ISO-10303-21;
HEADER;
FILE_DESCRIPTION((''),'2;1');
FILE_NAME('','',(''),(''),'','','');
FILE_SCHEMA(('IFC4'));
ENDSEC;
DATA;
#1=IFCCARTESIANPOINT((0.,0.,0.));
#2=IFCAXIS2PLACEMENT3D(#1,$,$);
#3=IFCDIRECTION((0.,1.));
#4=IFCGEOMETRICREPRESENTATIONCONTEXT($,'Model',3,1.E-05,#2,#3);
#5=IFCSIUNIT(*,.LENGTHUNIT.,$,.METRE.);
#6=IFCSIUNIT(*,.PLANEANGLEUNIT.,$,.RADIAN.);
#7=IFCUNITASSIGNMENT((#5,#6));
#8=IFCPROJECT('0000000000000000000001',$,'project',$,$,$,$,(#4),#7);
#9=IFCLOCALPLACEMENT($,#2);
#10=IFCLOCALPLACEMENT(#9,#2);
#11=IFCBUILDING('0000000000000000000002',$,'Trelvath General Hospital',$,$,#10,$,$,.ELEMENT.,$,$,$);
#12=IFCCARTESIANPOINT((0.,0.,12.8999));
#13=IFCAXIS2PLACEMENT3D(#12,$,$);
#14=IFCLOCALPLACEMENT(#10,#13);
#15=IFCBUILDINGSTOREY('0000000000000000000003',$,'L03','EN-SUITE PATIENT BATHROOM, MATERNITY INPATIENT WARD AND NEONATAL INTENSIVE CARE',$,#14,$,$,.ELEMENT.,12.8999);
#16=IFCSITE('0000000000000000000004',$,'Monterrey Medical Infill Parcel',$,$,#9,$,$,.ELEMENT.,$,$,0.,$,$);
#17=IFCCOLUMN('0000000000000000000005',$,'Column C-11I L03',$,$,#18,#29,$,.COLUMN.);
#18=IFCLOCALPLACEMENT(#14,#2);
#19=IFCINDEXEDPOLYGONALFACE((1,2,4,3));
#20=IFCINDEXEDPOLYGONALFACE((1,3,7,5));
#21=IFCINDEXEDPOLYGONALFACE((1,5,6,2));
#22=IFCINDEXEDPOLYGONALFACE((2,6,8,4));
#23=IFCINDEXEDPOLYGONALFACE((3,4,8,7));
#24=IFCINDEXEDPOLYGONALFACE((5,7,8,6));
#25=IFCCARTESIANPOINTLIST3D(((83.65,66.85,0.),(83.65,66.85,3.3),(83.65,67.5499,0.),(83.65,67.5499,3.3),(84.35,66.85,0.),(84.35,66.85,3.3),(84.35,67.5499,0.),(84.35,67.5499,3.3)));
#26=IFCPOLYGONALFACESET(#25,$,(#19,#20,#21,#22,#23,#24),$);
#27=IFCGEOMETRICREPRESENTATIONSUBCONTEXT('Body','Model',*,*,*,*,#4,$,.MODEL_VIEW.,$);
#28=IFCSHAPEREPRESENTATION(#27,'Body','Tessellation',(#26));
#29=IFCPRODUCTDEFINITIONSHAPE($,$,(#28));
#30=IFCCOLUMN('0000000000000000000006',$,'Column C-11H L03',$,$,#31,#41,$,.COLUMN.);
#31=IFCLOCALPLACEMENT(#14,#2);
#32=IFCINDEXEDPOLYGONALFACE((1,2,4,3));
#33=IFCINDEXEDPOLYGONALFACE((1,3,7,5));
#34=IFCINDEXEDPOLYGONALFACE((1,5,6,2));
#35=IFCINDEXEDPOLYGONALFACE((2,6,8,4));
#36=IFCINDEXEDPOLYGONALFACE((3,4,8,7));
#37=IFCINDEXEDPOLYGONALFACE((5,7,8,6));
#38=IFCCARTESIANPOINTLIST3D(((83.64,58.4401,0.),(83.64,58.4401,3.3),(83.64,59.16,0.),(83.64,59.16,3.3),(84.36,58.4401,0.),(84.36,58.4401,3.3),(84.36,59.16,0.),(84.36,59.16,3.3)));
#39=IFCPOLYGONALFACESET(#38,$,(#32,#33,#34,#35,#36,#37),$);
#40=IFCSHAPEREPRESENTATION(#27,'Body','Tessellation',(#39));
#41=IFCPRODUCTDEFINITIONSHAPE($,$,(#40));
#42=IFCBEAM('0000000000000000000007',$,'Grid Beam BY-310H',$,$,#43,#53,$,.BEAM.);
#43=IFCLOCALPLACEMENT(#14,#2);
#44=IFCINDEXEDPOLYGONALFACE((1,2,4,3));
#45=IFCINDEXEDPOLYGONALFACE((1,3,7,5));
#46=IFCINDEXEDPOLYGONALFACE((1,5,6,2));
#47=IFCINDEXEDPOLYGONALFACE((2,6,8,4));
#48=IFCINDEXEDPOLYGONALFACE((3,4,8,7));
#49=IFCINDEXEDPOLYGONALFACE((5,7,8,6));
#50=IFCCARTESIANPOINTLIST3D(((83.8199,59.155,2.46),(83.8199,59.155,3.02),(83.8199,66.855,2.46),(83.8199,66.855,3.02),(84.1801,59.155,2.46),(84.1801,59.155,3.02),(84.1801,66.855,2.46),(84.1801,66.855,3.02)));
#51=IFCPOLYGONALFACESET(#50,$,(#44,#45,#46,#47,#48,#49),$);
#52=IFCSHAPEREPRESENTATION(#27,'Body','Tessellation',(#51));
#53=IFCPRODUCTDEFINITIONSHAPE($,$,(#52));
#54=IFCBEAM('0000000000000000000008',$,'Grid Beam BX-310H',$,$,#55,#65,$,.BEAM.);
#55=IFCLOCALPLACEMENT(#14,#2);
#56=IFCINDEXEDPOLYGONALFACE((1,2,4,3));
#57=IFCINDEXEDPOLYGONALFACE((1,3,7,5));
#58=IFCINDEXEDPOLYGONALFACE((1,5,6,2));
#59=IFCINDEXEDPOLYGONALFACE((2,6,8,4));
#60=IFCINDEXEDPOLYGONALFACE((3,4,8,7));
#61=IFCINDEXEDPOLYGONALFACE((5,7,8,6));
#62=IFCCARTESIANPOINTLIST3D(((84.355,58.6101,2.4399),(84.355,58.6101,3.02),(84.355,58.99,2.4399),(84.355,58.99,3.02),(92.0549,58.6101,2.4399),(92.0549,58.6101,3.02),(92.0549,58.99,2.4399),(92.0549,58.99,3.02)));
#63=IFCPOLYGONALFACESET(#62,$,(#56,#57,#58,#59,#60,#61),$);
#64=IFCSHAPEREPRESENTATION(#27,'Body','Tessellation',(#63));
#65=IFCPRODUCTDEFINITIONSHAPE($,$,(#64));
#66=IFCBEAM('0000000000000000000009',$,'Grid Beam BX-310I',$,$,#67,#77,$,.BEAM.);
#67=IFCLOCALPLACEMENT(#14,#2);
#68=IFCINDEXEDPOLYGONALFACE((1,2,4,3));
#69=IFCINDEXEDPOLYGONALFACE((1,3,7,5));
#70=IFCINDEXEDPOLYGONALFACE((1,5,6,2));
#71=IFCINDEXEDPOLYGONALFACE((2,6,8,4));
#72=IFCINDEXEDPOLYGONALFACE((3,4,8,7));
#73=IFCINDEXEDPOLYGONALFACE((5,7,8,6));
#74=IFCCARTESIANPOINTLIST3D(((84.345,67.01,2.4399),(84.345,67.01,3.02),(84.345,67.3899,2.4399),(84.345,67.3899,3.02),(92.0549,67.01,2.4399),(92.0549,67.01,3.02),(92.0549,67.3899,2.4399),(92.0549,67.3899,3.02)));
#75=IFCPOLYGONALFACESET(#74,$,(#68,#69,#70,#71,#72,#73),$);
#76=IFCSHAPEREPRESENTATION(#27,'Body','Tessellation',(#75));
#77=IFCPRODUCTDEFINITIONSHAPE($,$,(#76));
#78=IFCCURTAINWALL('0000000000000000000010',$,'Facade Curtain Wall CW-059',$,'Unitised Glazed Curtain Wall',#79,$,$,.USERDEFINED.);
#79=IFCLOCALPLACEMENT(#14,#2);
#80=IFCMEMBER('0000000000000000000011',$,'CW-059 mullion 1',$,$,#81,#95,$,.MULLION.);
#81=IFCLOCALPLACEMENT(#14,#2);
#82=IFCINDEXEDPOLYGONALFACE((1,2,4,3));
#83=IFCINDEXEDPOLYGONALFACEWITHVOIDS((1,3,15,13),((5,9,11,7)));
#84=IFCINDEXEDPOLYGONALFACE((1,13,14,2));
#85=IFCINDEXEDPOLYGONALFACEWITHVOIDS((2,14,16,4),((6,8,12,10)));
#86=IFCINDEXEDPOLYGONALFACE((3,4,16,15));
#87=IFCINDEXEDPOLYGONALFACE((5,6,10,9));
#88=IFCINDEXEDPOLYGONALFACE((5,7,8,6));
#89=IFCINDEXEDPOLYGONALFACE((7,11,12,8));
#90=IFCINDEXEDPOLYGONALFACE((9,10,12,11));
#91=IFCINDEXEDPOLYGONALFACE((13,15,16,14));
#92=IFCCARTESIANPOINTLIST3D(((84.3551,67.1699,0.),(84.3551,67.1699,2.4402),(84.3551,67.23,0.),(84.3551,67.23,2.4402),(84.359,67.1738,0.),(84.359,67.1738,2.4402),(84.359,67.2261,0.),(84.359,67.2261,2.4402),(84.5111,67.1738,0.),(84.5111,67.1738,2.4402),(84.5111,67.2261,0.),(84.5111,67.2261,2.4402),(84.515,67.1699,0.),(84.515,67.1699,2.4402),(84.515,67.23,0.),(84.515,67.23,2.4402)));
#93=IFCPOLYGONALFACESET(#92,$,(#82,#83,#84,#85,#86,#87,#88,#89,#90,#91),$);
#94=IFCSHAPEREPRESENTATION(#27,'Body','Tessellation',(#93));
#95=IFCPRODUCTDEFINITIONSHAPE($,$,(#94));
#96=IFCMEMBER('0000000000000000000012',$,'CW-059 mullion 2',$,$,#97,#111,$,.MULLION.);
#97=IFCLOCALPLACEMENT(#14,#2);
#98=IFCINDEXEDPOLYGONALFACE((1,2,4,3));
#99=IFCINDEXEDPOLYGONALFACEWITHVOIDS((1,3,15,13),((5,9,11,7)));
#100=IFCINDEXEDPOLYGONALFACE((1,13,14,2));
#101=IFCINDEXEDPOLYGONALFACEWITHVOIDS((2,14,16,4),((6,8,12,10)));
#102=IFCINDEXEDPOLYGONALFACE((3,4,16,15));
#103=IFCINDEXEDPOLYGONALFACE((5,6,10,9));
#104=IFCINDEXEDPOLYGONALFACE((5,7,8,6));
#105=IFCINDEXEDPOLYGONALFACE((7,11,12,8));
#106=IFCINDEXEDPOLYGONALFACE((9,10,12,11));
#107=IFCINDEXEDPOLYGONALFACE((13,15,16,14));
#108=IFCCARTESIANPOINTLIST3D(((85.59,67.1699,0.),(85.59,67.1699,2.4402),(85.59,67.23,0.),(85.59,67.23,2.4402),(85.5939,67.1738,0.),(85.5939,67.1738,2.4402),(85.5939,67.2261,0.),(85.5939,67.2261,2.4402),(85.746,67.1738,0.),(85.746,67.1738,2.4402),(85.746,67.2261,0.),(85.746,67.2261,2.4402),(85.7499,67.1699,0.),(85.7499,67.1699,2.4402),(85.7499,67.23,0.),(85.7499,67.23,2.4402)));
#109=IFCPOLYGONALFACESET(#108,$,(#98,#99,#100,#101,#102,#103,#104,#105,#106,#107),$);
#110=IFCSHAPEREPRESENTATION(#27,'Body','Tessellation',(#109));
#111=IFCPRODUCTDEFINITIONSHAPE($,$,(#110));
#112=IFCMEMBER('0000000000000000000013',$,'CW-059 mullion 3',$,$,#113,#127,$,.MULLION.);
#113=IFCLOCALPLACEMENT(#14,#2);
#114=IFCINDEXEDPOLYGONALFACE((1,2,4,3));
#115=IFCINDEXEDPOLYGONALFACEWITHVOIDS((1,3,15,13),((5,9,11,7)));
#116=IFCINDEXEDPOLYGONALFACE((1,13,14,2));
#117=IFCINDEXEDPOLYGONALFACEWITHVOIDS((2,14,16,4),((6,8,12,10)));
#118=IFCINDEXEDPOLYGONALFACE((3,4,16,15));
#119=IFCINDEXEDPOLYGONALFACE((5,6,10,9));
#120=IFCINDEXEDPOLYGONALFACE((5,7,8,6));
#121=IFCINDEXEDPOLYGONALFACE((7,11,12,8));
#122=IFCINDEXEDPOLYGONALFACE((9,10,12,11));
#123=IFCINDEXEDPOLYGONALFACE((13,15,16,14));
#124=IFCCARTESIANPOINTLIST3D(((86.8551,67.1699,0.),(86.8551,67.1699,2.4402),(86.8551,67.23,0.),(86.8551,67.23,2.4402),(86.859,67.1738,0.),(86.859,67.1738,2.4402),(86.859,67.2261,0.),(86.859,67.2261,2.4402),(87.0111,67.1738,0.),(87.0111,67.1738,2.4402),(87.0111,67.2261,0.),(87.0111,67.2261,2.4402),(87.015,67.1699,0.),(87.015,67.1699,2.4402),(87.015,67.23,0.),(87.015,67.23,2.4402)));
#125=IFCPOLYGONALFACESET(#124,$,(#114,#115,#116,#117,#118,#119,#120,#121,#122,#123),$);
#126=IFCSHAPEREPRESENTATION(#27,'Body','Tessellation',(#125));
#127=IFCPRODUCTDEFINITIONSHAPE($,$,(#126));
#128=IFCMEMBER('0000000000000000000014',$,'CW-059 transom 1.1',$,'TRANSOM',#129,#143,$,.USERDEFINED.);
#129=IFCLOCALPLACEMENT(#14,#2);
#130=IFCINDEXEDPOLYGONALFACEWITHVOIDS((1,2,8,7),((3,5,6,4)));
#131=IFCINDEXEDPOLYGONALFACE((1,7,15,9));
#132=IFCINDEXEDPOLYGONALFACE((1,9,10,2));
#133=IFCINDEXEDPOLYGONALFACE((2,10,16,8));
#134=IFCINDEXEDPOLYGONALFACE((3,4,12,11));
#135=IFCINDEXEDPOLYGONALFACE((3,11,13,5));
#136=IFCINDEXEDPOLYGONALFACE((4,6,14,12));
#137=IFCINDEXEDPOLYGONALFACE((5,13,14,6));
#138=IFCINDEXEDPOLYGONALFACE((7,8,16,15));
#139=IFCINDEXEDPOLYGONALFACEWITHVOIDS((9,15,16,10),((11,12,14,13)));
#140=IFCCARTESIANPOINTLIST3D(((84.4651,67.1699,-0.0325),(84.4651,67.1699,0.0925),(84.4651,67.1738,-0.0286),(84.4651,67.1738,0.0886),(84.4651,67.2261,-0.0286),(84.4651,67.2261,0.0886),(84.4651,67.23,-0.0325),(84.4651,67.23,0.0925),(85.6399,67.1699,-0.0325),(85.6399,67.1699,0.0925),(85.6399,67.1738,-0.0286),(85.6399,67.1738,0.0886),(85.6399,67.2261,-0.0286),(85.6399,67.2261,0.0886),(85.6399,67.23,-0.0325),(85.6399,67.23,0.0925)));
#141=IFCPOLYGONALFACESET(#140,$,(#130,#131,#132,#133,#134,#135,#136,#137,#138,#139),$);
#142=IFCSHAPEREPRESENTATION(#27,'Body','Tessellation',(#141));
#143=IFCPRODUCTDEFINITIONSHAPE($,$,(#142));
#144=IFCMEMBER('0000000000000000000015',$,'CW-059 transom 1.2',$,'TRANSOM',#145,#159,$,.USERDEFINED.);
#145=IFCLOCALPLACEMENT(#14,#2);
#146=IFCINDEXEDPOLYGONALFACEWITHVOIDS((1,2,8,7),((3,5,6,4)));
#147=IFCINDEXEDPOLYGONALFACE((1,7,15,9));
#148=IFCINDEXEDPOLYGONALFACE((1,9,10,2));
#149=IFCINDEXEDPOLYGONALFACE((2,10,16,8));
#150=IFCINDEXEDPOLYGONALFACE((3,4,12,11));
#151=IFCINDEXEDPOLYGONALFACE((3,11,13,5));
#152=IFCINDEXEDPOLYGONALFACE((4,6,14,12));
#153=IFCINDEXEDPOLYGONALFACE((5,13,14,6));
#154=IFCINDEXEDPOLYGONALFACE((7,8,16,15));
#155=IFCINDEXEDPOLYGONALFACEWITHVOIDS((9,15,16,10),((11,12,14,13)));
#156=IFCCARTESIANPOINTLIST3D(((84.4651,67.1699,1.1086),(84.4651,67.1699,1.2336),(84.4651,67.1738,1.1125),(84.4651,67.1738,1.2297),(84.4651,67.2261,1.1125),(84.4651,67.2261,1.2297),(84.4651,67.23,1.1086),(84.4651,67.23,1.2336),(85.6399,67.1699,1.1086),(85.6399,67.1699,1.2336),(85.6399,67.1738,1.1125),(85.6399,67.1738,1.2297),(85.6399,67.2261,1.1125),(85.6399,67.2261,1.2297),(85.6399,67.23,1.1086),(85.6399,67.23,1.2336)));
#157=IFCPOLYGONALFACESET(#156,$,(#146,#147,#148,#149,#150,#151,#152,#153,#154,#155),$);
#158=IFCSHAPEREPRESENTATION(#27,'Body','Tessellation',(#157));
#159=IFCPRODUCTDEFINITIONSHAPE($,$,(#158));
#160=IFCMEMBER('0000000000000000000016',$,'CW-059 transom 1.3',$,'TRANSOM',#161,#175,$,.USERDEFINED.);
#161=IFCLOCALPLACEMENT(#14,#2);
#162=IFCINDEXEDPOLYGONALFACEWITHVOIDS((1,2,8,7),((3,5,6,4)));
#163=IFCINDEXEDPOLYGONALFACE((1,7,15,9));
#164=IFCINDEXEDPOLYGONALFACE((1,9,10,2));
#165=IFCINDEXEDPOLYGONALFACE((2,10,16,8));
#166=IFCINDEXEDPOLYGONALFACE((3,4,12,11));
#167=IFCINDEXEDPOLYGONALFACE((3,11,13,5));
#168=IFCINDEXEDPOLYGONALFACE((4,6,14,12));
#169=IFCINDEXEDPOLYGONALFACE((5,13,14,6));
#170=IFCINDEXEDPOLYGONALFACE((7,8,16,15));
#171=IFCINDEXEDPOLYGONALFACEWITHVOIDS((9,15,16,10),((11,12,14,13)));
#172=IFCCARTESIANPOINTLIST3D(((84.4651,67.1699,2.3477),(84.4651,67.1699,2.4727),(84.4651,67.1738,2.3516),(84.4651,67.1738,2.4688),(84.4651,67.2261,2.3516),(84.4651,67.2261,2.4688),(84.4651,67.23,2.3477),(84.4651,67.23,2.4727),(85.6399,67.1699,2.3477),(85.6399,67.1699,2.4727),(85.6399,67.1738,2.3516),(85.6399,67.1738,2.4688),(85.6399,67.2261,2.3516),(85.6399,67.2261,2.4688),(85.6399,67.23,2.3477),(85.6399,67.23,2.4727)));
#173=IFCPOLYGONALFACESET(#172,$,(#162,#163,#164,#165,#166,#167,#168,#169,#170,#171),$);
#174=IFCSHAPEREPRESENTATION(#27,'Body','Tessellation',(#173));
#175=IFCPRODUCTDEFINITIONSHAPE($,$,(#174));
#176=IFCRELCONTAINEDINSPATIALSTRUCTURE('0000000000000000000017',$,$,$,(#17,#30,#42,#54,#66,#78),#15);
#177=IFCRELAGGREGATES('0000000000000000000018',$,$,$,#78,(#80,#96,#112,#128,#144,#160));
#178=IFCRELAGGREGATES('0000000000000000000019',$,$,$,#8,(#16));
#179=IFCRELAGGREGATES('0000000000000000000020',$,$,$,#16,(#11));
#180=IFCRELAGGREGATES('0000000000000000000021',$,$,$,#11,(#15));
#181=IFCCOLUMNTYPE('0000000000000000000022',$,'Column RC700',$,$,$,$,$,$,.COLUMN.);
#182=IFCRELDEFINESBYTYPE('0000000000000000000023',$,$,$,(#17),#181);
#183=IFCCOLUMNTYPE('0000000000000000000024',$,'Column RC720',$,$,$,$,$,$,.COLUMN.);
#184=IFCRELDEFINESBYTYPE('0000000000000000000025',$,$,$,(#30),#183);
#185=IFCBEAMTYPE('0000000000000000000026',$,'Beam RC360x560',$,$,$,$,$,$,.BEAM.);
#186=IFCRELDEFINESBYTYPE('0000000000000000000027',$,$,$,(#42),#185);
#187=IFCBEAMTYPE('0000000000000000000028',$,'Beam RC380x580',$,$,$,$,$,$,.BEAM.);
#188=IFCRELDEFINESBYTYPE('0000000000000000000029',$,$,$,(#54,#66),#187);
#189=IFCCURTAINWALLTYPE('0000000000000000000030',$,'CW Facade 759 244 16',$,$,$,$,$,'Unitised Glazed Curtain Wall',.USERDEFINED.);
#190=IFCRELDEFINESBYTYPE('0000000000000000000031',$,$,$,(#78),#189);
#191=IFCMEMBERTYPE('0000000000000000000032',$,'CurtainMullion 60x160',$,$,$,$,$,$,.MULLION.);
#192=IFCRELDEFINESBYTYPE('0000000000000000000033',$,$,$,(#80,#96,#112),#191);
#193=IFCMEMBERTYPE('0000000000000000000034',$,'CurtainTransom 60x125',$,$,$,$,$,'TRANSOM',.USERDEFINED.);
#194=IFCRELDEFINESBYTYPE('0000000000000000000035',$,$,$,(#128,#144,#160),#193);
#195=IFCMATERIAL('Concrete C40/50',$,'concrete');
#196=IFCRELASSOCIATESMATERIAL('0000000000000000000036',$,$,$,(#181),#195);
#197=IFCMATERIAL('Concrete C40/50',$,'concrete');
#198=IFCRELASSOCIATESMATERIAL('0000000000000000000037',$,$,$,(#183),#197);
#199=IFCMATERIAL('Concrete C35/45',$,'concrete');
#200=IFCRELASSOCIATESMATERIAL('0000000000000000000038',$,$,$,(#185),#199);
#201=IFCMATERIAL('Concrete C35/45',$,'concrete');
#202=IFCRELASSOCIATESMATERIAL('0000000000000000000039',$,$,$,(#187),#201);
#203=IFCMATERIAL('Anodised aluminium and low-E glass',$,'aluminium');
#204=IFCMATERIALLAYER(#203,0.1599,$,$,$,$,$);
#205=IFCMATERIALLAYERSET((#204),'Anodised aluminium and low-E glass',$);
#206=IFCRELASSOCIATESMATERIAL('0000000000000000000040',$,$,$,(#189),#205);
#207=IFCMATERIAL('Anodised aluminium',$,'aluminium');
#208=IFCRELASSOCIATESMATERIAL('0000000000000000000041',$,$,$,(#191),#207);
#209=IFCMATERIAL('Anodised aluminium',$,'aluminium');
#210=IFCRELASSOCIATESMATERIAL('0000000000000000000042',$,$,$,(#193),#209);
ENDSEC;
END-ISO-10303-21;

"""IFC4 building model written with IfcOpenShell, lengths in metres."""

from ifc_helpers import new_model, si_unit, direction, frame, origin, origin_2d, place, context, subcontext, project, spatial, rectangle, hollow_rectangle, extrude, material, layer, layer_set, material_profile, profile_set, type_object, element, aggregate, save


model = new_model("IFC4")

# Units and contexts
model_context = context("Model", 3, precision=1e-05, world=origin(), true_north=direction((0.0, 1.0)))
body_context = subcontext(model_context, "Body", "Model", "MODEL_VIEW")
ifc_project = project(units=[si_unit("LENGTHUNIT", "METRE"), si_unit("PLANEANGLEUNIT", "RADIAN")], contexts=[model_context])

# Site, building, storey
site_placement = place(None, origin())
site = spatial("IfcSite", under=ifc_project, at=site_placement, Name="Monterrey Medical Infill Parcel", CompositionType="ELEMENT", RefElevation=0.0)
building_placement = place(site_placement, origin())
building = spatial("IfcBuilding", under=site, at=building_placement, Name="Trelvath General Hospital", CompositionType="ELEMENT")
storey_placement = place(building_placement, frame((0.0, 0.0, 12.8999)))
storey = spatial("IfcBuildingStorey", under=building, at=storey_placement, Name="L03", Description="EN-SUITE PATIENT BATHROOM, MATERNITY INPATIENT WARD AND NEONATAL INTENSIVE CARE", CompositionType="ELEMENT", Elevation=12.8999)

# Columns
ifc_material_1 = material(Name="Concrete C40/50", Category="concrete")
ifc_material_profile_1 = material_profile(ifc_material_1, rectangle(XDim=0.7, YDim=0.7, at=origin_2d()), Name="RC700x700")
ifc_profile_set_1 = profile_set([ifc_material_profile_1], Name="Concrete C40/50")
column_type_1 = type_object("IfcColumnType", Name="Column RC700", PredefinedType="COLUMN", material=ifc_profile_set_1)
column_1_placement = place(storey_placement, frame((84.0, 67.2, 0.0), z_axis=(0.0, 0.0, 1.0), x_axis=(1.0, 0.0, 0.0)))
element("IfcColumn", 1, at=column_1_placement, inside=storey, type_object=column_type_1, Name="Column C-11I L03", PredefinedType="COLUMN", context=body_context, shape_type="SweptSolid", body=[
    extrude(rectangle(XDim=0.7, YDim=0.7, at=origin_2d()), origin(), (0.0, 0.0, 1.0), 3.3),
])
ifc_material_2 = material(Name="Concrete C40/50", Category="concrete")
ifc_material_profile_2 = material_profile(ifc_material_2, rectangle(XDim=0.72, YDim=0.72, at=origin_2d()), Name="RC720x720")
ifc_profile_set_2 = profile_set([ifc_material_profile_2], Name="Concrete C40/50")
column_type_2 = type_object("IfcColumnType", Name="Column RC720", PredefinedType="COLUMN", material=ifc_profile_set_2)
column_2_placement = place(storey_placement, frame((84.0, 58.8, 0.0), z_axis=(0.0, 0.0, 1.0), x_axis=(1.0, 0.0, 0.0)))
element("IfcColumn", 2, at=column_2_placement, inside=storey, type_object=column_type_2, Name="Column C-11H L03", PredefinedType="COLUMN", context=body_context, shape_type="SweptSolid", body=[
    extrude(rectangle(XDim=0.72, YDim=0.72, at=origin_2d()), origin(), (0.0, 0.0, 1.0), 3.3),
])

# Beams
ifc_material_3 = material(Name="Concrete C35/45", Category="concrete")
ifc_material_profile_3 = material_profile(ifc_material_3, rectangle(XDim=0.3601, YDim=0.5601, at=origin_2d()), Name="RCB360x560")
ifc_profile_set_3 = profile_set([ifc_material_profile_3], Name="Concrete C35/45")
beam_type_1 = type_object("IfcBeamType", Name="Beam RC360x560", PredefinedType="BEAM", material=ifc_profile_set_3)
beam_1_placement = place(storey_placement, frame((84.0, 59.155, 2.74), z_axis=(0.0, 1.0, 0.0), x_axis=(-1.0, 0.0, 0.0)))
element("IfcBeam", 3, at=beam_1_placement, inside=storey, type_object=beam_type_1, Name="Grid Beam BY-310H", PredefinedType="BEAM", context=body_context, shape_type="SweptSolid", body=[
    extrude(rectangle(XDim=0.3601, YDim=0.5601, at=origin_2d()), origin(), (0.0, 0.0, 1.0), 7.7),
])
ifc_material_4 = material(Name="Concrete C35/45", Category="concrete")
ifc_material_profile_4 = material_profile(ifc_material_4, rectangle(XDim=0.3799, YDim=0.5801, at=origin_2d()), Name="RCB380x580")
ifc_profile_set_4 = profile_set([ifc_material_profile_4], Name="Concrete C35/45")
beam_type_2 = type_object("IfcBeamType", Name="Beam RC380x580", PredefinedType="BEAM", material=ifc_profile_set_4)
beam_2_placement = place(storey_placement, frame((84.355, 58.8, 2.73), z_axis=(1.0, 0.0, 0.0), x_axis=(0.0, 1.0, 0.0)))
element("IfcBeam", 4, at=beam_2_placement, inside=storey, type_object=beam_type_2, Name="Grid Beam BX-310H", PredefinedType="BEAM", context=body_context, shape_type="SweptSolid", body=[
    extrude(rectangle(XDim=0.3799, YDim=0.5801, at=origin_2d()), origin(), (0.0, 0.0, 1.0), 7.7),
])
beam_3_placement = place(storey_placement, frame((84.345, 67.2, 2.73), z_axis=(1.0, 0.0, 0.0), x_axis=(0.0, 1.0, 0.0)))
element("IfcBeam", 5, at=beam_3_placement, inside=storey, type_object=beam_type_2, Name="Grid Beam BX-310I", PredefinedType="BEAM", context=body_context, shape_type="SweptSolid", body=[
    extrude(rectangle(XDim=0.3799, YDim=0.5801, at=origin_2d()), origin(), (0.0, 0.0, 1.0), 7.71),
])

# Curtain wall, members
ifc_material_5 = material(Name="Anodised aluminium and low-E glass", Category="aluminium")
ifc_layer_1 = layer(ifc_material_5, 0.1599)
ifc_layer_set_1 = layer_set([ifc_layer_1], Name="Anodised aluminium and low-E glass")
curtain_wall_type = type_object("IfcCurtainWallType", Name="CW Facade 759 244 16", ElementType="Unitised Glazed Curtain Wall", PredefinedType="USERDEFINED", material=ifc_layer_set_1)
curtain_wall_placement = place(storey_placement, origin())
curtain_wall = element("IfcCurtainWall", 6, at=curtain_wall_placement, inside=storey, type_object=curtain_wall_type, Name="Facade Curtain Wall CW-059", ObjectType="Unitised Glazed Curtain Wall", PredefinedType="USERDEFINED")
ifc_material_6 = material(Name="Anodised aluminium", Category="aluminium")
ifc_material_profile_5 = material_profile(ifc_material_6, hollow_rectangle(XDim=0.0601, YDim=0.1599, WallThickness=0.0039, at=origin_2d()), Name="RHS60x160x4")
ifc_profile_set_5 = profile_set([ifc_material_profile_5], Name="Anodised aluminium")
member_type_1 = type_object("IfcMemberType", Name="CurtainMullion 60x160", PredefinedType="MULLION", material=ifc_profile_set_5)
member_1_placement = place(storey_placement, frame((84.4351, 67.2, 0.0), z_axis=(0.0, 0.0, 1.0), x_axis=(0.0, 1.0, 0.0)))
member_1 = element("IfcMember", 7, at=member_1_placement, type_object=member_type_1, Name="CW-059 mullion 1", PredefinedType="MULLION", context=body_context, shape_type="SweptSolid", body=[
    extrude(hollow_rectangle(XDim=0.0601, YDim=0.1599, WallThickness=0.0039, at=origin_2d()), origin(), (0.0, 0.0, 1.0), 2.4402),
])
member_2_placement = place(storey_placement, frame((85.6699, 67.2, 0.0), z_axis=(0.0, 0.0, 1.0), x_axis=(0.0, 1.0, 0.0)))
member_2 = element("IfcMember", 8, at=member_2_placement, type_object=member_type_1, Name="CW-059 mullion 2", PredefinedType="MULLION", context=body_context, shape_type="SweptSolid", body=[
    extrude(hollow_rectangle(XDim=0.0601, YDim=0.1599, WallThickness=0.0039, at=origin_2d()), origin(), (0.0, 0.0, 1.0), 2.4402),
])
member_3_placement = place(storey_placement, frame((86.9351, 67.2, 0.0), z_axis=(0.0, 0.0, 1.0), x_axis=(0.0, 1.0, 0.0)))
member_3 = element("IfcMember", 9, at=member_3_placement, type_object=member_type_1, Name="CW-059 mullion 3", PredefinedType="MULLION", context=body_context, shape_type="SweptSolid", body=[
    extrude(hollow_rectangle(XDim=0.0601, YDim=0.1599, WallThickness=0.0039, at=origin_2d()), origin(), (0.0, 0.0, 1.0), 2.4402),
])
ifc_material_7 = material(Name="Anodised aluminium", Category="aluminium")
ifc_material_profile_6 = material_profile(ifc_material_7, hollow_rectangle(XDim=0.0601, YDim=0.125, WallThickness=0.0039, at=origin_2d()), Name="RHS60x125x4")
ifc_profile_set_6 = profile_set([ifc_material_profile_6], Name="Anodised aluminium")
member_type_2 = type_object("IfcMemberType", Name="CurtainTransom 60x125", ElementType="TRANSOM", PredefinedType="USERDEFINED", material=ifc_profile_set_6)
member_4_placement = place(storey_placement, frame((84.4651, 67.2, 0.03), z_axis=(1.0, 0.0, 0.0), x_axis=(0.0, 1.0, 0.0)))
member_4 = element("IfcMember", 10, at=member_4_placement, type_object=member_type_2, Name="CW-059 transom 1.1", ObjectType="TRANSOM", PredefinedType="USERDEFINED", context=body_context, shape_type="SweptSolid", body=[
    extrude(hollow_rectangle(XDim=0.0601, YDim=0.125, WallThickness=0.0039, at=origin_2d()), origin(), (0.0, 0.0, 1.0), 1.1748),
])
member_5_placement = place(storey_placement, frame((84.4651, 67.2, 1.1711), z_axis=(1.0, 0.0, 0.0), x_axis=(0.0, 1.0, 0.0)))
member_5 = element("IfcMember", 11, at=member_5_placement, type_object=member_type_2, Name="CW-059 transom 1.2", ObjectType="TRANSOM", PredefinedType="USERDEFINED", context=body_context, shape_type="SweptSolid", body=[
    extrude(hollow_rectangle(XDim=0.0601, YDim=0.125, WallThickness=0.0039, at=origin_2d()), origin(), (0.0, 0.0, 1.0), 1.1748),
])
member_6_placement = place(storey_placement, frame((84.4651, 67.2, 2.4102), z_axis=(1.0, 0.0, 0.0), x_axis=(0.0, 1.0, 0.0)))
member_6 = element("IfcMember", 12, at=member_6_placement, type_object=member_type_2, Name="CW-059 transom 1.3", ObjectType="TRANSOM", PredefinedType="USERDEFINED", context=body_context, shape_type="SweptSolid", body=[
    extrude(hollow_rectangle(XDim=0.0601, YDim=0.125, WallThickness=0.0039, at=origin_2d()), origin(), (0.0, 0.0, 1.0), 1.1748),
])
aggregate(curtain_wall, [member_1, member_2, member_3, member_4, member_5, member_6])

save(model, "model.ifc")
